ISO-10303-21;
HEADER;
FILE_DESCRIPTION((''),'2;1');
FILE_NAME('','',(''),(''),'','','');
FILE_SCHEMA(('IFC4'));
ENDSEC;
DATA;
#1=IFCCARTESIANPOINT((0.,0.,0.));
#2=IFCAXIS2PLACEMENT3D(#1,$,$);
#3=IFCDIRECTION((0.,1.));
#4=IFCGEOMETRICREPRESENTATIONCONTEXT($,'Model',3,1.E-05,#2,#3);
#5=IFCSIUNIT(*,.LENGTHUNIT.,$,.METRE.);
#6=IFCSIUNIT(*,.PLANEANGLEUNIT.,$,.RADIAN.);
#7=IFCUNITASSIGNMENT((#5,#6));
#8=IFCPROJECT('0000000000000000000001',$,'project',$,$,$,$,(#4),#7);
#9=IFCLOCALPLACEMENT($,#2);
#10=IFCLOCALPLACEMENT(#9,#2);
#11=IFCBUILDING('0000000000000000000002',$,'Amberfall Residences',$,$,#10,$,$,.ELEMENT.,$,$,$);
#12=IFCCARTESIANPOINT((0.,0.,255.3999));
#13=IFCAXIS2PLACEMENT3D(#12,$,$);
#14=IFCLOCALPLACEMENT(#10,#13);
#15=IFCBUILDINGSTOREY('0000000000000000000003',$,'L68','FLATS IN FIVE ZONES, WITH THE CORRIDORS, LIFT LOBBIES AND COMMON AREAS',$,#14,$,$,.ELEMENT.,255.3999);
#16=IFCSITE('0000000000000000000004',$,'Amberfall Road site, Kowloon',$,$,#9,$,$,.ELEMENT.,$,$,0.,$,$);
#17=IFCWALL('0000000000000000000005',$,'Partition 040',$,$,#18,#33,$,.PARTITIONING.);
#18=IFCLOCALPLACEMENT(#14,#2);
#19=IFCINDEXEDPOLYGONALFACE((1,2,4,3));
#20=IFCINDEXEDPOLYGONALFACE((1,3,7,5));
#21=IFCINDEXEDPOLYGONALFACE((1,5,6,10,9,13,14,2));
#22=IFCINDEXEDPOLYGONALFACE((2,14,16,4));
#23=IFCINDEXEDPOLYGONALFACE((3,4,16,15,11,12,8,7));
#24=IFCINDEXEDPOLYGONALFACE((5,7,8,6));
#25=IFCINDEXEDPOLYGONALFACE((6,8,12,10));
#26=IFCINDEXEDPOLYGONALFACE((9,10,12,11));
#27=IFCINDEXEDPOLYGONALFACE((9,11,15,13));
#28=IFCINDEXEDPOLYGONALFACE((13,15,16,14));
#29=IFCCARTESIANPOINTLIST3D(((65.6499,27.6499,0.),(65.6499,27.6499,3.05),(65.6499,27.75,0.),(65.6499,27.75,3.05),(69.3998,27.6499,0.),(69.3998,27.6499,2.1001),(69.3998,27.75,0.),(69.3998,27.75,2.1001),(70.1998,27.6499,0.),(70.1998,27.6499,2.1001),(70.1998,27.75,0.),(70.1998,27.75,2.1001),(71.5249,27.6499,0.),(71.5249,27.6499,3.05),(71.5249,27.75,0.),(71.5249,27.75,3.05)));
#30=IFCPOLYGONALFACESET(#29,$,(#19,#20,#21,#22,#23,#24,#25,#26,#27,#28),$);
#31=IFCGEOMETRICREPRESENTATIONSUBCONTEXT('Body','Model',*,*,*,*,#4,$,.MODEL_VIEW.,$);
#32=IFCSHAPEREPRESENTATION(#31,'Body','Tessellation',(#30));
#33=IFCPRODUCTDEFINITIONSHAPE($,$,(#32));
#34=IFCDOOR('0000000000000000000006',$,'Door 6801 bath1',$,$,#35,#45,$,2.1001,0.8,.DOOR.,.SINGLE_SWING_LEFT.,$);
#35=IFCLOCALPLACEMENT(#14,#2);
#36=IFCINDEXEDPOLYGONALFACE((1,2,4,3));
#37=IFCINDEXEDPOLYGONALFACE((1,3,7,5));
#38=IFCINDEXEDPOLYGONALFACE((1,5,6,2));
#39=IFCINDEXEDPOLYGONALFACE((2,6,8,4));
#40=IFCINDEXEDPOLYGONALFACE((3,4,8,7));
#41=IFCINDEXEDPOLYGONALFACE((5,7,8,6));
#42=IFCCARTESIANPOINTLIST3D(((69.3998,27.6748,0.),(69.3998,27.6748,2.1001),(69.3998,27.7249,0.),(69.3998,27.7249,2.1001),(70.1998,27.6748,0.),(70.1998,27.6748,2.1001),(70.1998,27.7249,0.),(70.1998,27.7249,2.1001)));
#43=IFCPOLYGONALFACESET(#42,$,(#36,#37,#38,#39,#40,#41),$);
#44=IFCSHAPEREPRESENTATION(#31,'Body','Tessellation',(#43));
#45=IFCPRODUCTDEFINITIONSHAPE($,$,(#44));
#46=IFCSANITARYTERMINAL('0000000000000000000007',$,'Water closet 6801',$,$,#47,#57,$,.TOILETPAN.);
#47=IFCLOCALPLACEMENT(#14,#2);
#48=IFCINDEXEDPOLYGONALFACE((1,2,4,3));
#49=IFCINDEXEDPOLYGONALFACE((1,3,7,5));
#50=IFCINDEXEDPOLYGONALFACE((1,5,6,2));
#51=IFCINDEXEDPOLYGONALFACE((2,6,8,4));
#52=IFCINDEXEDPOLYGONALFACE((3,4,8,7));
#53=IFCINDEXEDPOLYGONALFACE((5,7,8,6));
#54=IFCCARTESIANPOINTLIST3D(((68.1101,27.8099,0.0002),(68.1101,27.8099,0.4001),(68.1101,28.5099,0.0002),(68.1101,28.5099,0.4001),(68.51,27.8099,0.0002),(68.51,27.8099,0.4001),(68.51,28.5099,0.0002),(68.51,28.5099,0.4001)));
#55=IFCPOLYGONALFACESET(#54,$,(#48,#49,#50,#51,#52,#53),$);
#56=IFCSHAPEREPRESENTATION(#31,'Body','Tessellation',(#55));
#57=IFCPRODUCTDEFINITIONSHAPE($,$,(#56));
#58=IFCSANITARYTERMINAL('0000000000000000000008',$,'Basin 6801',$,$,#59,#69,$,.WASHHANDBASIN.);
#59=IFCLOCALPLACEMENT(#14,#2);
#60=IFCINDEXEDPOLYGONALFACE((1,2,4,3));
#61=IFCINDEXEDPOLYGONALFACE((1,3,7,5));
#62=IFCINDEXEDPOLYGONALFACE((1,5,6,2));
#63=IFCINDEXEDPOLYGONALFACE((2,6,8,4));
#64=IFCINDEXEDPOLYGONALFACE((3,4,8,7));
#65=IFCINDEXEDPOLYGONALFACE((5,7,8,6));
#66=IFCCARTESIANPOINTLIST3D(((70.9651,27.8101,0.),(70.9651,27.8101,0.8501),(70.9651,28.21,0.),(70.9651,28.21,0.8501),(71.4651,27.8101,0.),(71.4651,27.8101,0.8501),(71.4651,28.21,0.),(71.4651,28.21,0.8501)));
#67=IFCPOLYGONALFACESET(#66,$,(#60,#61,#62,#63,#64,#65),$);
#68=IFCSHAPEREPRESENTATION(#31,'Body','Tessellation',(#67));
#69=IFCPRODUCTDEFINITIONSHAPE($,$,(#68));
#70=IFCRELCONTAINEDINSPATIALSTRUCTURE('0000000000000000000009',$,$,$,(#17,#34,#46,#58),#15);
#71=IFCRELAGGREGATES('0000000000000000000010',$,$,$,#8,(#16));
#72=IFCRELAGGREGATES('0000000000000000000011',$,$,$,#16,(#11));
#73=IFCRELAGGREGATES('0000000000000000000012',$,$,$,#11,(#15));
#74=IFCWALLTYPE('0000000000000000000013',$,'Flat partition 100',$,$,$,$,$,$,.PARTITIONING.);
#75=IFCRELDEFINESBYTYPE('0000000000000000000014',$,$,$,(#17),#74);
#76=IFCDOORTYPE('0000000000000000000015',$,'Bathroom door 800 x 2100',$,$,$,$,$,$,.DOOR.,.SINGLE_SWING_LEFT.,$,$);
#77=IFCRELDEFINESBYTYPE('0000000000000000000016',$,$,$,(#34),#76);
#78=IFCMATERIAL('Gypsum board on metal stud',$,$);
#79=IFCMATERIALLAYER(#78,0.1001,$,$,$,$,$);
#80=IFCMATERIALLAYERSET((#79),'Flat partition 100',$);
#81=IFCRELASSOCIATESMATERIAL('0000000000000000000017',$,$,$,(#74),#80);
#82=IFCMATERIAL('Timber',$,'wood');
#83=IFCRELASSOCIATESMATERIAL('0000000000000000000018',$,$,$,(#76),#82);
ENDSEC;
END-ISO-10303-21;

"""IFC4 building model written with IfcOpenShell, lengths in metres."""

from ifc_helpers import new_model, si_unit, direction, frame, frame_2d, origin, origin_2d, place, context, subcontext, project, spatial, rectangle, extrude, material, layer, layer_set, type_object, element, fill, save


model = new_model("IFC4")

# Units and contexts
model_context = context("Model", 3, precision=1e-05, world=origin(), true_north=direction((0.0, 1.0)))
body_context = subcontext(model_context, "Body", "Model", "MODEL_VIEW")
ifc_project = project(units=[si_unit("LENGTHUNIT", "METRE"), si_unit("PLANEANGLEUNIT", "RADIAN")], contexts=[model_context])

# Site, building, storey
site_placement = place(None, origin())
site = spatial("IfcSite", under=ifc_project, at=site_placement, Name="Amberfall Road site, Kowloon", CompositionType="ELEMENT", RefElevation=0.0)
building_placement = place(site_placement, origin())
building = spatial("IfcBuilding", under=site, at=building_placement, Name="Amberfall Residences", CompositionType="ELEMENT")
storey_placement = place(building_placement, frame((0.0, 0.0, 255.3999)))
storey = spatial("IfcBuildingStorey", under=building, at=storey_placement, Name="L68", Description="FLATS IN FIVE ZONES, WITH THE CORRIDORS, LIFT LOBBIES AND COMMON AREAS", CompositionType="ELEMENT", Elevation=255.3999)

# Shared definitions
ifc_material_1 = material(Name="Gypsum board on metal stud")
ifc_layer_1 = layer(ifc_material_1, 0.1001)
ifc_layer_set_1 = layer_set([ifc_layer_1], Name="Flat partition 100")
wall_type = type_object("IfcWallType", Name="Flat partition 100", PredefinedType="PARTITIONING", material=ifc_layer_set_1)

# Wall, opening, door
wall_1_placement = place(storey_placement, frame((65.6499, 27.7, 0.0), z_axis=(0.0, 0.0, 1.0), x_axis=(1.0, 0.0, 0.0)))
wall_1 = element("IfcWall", 1, at=wall_1_placement, inside=storey, type_object=wall_type, Name="Partition 040", PredefinedType="PARTITIONING", context=body_context, shape_type="SweptSolid", body=[
    extrude(rectangle(XDim=5.875, YDim=0.1001, at=frame_2d((2.9375, 0.0))), origin(), (0.0, 0.0, 1.0), 3.05),
])
opening_placement = place(wall_1_placement, frame((3.75, 0.0, 0.0)))
opening = element("IfcOpeningElement", 2, at=opening_placement, cuts=wall_1, PredefinedType="OPENING", context=body_context, shape_type="SweptSolid", body=[
    extrude(rectangle(XDim=0.8, YDim=2.1001, at=frame_2d((0.3999, 1.05))), frame((0.0, 0.0601, 0.0), z_axis=(0.0, -1.0, 0.0), x_axis=(1.0, 0.0, 0.0)), (0.0, 0.0, 1.0), 0.1201),
])
ifc_material_2 = material(Name="Timber", Category="wood")
door_type = type_object("IfcDoorType", Name="Bathroom door 800 x 2100", OperationType="SINGLE_SWING_LEFT", PredefinedType="DOOR", material=ifc_material_2)
door_placement = place(opening_placement, origin())
door = element("IfcDoor", 3, at=door_placement, inside=storey, type_object=door_type, Name="Door 6801 bath1", OperationType="SINGLE_SWING_LEFT", OverallHeight=2.1001, OverallWidth=0.8, PredefinedType="DOOR", context=body_context, shape_type="SweptSolid", body=[
    extrude(rectangle(XDim=0.8, YDim=2.1001, at=frame_2d((0.3999, 1.05))), frame((0.0, 0.0249, 0.0), z_axis=(0.0, -1.0, 0.0), x_axis=(1.0, 0.0, 0.0)), (0.0, 0.0, 1.0), 0.05),
])
fill(opening, door)

# Sanitary terminals
sanitary_terminal_1_placement = place(storey_placement, frame((68.3101, 28.1599, 0.0002), z_axis=(0.0, 0.0, 1.0), x_axis=(1.0, 0.0, 0.0)))
element("IfcSanitaryTerminal", 4, at=sanitary_terminal_1_placement, inside=storey, Name="Water closet 6801", PredefinedType="TOILETPAN", context=body_context, shape_type="SweptSolid", body=[
    extrude(rectangle(XDim=0.3999, YDim=0.7, at=origin_2d()), origin(), (0.0, 0.0, 1.0), 0.3999),
])
sanitary_terminal_2_placement = place(storey_placement, frame((71.2151, 28.01, 0.0), z_axis=(0.0, 0.0, 1.0), x_axis=(1.0, 0.0, 0.0)))
element("IfcSanitaryTerminal", 5, at=sanitary_terminal_2_placement, inside=storey, Name="Basin 6801", PredefinedType="WASHHANDBASIN", context=body_context, shape_type="SweptSolid", body=[
    extrude(rectangle(XDim=0.5, YDim=0.3999, at=origin_2d()), origin(), (0.0, 0.0, 1.0), 0.8501),
])

save(model, "model.ifc")
